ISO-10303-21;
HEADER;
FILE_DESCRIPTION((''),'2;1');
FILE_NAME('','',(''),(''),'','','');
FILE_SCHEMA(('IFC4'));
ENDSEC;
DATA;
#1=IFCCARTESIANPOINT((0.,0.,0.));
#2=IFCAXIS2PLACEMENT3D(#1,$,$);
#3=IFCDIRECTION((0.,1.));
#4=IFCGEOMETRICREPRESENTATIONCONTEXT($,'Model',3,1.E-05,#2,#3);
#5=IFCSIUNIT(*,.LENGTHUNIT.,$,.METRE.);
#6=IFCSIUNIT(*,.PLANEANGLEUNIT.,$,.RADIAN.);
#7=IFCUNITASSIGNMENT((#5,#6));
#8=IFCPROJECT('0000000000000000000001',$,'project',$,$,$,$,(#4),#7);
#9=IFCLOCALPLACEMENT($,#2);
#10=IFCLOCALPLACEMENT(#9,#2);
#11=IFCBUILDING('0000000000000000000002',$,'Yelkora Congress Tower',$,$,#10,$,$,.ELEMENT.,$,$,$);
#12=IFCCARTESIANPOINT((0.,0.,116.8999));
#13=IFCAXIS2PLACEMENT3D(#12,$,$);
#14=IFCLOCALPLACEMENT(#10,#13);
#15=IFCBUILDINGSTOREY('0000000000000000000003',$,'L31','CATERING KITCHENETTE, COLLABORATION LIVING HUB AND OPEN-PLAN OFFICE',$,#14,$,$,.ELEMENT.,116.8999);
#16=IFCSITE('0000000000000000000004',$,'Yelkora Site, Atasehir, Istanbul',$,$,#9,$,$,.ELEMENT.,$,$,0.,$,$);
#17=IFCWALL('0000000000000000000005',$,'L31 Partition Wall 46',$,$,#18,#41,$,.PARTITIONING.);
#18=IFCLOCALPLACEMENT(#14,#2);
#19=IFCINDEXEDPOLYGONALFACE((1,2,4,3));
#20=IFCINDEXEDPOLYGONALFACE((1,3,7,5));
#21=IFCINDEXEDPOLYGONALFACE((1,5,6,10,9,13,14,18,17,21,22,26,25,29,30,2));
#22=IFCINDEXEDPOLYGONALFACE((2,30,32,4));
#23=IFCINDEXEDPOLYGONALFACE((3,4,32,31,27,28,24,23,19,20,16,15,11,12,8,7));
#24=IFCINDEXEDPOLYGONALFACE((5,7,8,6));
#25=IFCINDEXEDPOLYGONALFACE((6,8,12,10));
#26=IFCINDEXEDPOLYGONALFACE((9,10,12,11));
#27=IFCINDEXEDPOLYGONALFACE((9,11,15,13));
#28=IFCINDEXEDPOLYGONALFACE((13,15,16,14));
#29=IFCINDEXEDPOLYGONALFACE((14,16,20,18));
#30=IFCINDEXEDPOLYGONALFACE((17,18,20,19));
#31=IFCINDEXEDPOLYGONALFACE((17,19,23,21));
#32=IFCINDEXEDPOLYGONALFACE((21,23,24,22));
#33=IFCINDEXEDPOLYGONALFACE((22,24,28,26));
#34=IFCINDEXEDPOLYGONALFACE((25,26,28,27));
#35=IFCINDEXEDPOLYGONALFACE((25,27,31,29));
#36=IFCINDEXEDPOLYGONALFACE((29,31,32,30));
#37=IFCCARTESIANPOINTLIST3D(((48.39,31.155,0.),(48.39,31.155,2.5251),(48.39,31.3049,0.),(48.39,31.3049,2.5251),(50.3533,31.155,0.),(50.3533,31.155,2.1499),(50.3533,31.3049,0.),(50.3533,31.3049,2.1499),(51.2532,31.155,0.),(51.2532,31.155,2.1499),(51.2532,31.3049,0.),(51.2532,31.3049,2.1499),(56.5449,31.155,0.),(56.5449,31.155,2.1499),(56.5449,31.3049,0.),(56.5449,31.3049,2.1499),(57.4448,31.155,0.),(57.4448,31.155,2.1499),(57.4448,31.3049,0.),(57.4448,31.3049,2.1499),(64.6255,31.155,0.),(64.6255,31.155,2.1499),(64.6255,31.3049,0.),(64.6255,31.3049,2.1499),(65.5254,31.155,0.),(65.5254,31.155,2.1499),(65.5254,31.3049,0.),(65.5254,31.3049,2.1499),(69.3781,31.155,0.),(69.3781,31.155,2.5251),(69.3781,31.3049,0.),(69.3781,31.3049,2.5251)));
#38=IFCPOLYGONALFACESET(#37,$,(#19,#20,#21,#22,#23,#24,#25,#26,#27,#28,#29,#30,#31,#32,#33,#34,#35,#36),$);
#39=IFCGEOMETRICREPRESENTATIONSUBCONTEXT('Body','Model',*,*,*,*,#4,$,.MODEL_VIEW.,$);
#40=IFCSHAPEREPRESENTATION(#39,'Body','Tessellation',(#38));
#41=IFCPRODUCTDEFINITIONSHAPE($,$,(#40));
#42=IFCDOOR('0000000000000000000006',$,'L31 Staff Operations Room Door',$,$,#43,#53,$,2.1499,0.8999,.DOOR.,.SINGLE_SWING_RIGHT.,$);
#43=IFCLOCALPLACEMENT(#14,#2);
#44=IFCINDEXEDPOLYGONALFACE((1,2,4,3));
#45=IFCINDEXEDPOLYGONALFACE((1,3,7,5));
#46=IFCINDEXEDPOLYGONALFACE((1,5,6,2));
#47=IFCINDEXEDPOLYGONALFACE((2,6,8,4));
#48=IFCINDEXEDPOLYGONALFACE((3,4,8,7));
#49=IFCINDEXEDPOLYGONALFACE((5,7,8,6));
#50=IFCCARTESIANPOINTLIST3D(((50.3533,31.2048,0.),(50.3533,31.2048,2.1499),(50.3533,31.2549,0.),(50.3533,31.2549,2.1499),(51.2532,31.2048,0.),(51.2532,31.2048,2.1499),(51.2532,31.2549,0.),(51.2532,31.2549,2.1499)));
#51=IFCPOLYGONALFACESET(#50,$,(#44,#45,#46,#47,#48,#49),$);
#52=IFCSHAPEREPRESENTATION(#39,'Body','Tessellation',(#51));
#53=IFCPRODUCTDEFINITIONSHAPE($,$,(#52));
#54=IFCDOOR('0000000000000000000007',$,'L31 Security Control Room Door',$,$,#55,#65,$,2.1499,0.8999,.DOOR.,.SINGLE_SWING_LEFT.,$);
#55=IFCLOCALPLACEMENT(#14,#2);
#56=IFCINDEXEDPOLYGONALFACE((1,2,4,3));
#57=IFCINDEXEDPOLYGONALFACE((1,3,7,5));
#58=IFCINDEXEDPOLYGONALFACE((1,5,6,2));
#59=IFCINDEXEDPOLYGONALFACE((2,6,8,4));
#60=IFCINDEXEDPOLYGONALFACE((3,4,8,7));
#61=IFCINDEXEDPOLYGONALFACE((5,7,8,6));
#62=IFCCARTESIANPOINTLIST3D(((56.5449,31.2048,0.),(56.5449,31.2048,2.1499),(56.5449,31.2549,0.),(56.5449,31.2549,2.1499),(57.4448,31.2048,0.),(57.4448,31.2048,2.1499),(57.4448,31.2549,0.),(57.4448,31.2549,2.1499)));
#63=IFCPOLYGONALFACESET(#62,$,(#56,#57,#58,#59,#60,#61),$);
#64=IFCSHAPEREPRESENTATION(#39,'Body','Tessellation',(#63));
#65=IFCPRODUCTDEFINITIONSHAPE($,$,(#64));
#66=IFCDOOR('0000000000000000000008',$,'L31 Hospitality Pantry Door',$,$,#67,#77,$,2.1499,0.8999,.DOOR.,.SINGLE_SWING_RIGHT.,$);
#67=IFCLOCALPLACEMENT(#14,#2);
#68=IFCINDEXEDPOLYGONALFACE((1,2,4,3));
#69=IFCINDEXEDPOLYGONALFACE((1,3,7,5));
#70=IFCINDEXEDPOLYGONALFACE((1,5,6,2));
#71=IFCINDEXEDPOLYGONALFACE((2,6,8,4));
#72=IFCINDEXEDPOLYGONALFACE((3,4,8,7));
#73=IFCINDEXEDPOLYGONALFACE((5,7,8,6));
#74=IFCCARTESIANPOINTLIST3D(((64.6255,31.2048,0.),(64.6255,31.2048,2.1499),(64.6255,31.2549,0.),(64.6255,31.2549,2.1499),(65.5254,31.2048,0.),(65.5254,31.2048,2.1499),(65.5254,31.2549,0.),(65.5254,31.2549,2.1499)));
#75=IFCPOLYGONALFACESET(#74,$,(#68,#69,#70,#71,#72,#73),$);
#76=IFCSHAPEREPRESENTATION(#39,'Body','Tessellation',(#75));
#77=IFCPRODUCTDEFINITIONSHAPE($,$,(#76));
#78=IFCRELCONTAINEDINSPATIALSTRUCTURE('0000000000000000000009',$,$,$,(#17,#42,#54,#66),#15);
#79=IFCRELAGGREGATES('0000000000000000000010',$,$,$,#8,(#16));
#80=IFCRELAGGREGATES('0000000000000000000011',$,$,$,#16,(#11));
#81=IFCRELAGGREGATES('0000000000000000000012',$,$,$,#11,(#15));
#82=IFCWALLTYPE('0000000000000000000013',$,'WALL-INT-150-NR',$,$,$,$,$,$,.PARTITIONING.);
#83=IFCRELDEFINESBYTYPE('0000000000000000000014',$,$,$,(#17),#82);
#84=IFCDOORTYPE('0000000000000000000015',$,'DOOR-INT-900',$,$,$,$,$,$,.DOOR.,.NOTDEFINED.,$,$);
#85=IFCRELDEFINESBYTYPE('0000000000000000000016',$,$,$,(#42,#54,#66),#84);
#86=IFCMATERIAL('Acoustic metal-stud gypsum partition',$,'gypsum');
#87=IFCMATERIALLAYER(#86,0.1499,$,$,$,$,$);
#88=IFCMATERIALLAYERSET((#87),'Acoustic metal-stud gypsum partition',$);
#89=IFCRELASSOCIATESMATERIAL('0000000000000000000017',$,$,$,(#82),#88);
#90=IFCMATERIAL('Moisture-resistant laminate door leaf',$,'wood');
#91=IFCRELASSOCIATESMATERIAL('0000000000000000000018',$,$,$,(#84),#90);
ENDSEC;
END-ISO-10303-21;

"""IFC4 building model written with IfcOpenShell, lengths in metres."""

from ifc_helpers import new_model, si_unit, direction, frame, frame_2d, origin, place, context, subcontext, project, spatial, rectangle, extrude, material, layer, layer_set, type_object, element, fill, save


model = new_model("IFC4")

# Units and contexts
model_context = context("Model", 3, precision=1e-05, world=origin(), true_north=direction((0.0, 1.0)))
body_context = subcontext(model_context, "Body", "Model", "MODEL_VIEW")
ifc_project = project(units=[si_unit("LENGTHUNIT", "METRE"), si_unit("PLANEANGLEUNIT", "RADIAN")], contexts=[model_context])

# Site, building, storey
site_placement = place(None, origin())
site = spatial("IfcSite", under=ifc_project, at=site_placement, Name="Yelkora Site, Atasehir, Istanbul", CompositionType="ELEMENT", RefElevation=0.0)
building_placement = place(site_placement, origin())
building = spatial("IfcBuilding", under=site, at=building_placement, Name="Yelkora Congress Tower", CompositionType="ELEMENT")
storey_placement = place(building_placement, frame((0.0, 0.0, 116.8999)))
storey = spatial("IfcBuildingStorey", under=building, at=storey_placement, Name="L31", Description="CATERING KITCHENETTE, COLLABORATION LIVING HUB AND OPEN-PLAN OFFICE", CompositionType="ELEMENT", Elevation=116.8999)

# Shared definitions
ifc_material_1 = material(Name="Acoustic metal-stud gypsum partition", Category="gypsum")
ifc_layer = layer(ifc_material_1, 0.1499)
ifc_layer_set = layer_set([ifc_layer], Name="Acoustic metal-stud gypsum partition")
wall_type = type_object("IfcWallType", Name="WALL-INT-150-NR", PredefinedType="PARTITIONING", material=ifc_layer_set)

# Wall, openings, doors
wall_1_placement = place(storey_placement, frame((48.3899, 31.23, 0.0), z_axis=(0.0, 0.0, 1.0), x_axis=(1.0, 0.0, 0.0)))
wall_1 = element("IfcWall", 1, at=wall_1_placement, inside=storey, type_object=wall_type, Name="L31 Partition Wall 46", PredefinedType="PARTITIONING", context=body_context, shape_type="SweptSolid", body=[
    extrude(rectangle(XDim=20.988, YDim=0.1499, at=frame_2d((10.4941, 0.0))), origin(), (0.0, 0.0, 1.0), 2.5251),
])
opening_1_placement = place(wall_1_placement, frame((1.9634, 0.0, 0.0)))
opening_1 = element("IfcOpeningElement", 2, at=opening_1_placement, cuts=wall_1, PredefinedType="OPENING", context=body_context, shape_type="SweptSolid", body=[
    extrude(rectangle(XDim=0.8999, YDim=2.1499, at=frame_2d((0.45, 1.075))), frame((0.0, 0.085, 0.0), z_axis=(0.0, -1.0, 0.0), x_axis=(1.0, 0.0, 0.0)), (0.0, 0.0, 1.0), 0.1699),
])
opening_2_placement = place(wall_1_placement, frame((8.155, 0.0, 0.0)))
opening_2 = element("IfcOpeningElement", 3, at=opening_2_placement, cuts=wall_1, PredefinedType="OPENING", context=body_context, shape_type="SweptSolid", body=[
    extrude(rectangle(XDim=0.8999, YDim=2.1499, at=frame_2d((0.45, 1.075))), frame((0.0, 0.085, 0.0), z_axis=(0.0, -1.0, 0.0), x_axis=(1.0, 0.0, 0.0)), (0.0, 0.0, 1.0), 0.1699),
])
opening_3_placement = place(wall_1_placement, frame((16.2356, 0.0, 0.0)))
opening_3 = element("IfcOpeningElement", 4, at=opening_3_placement, cuts=wall_1, PredefinedType="OPENING", context=body_context, shape_type="SweptSolid", body=[
    extrude(rectangle(XDim=0.8999, YDim=2.1499, at=frame_2d((0.45, 1.075))), frame((0.0, 0.085, 0.0), z_axis=(0.0, -1.0, 0.0), x_axis=(1.0, 0.0, 0.0)), (0.0, 0.0, 1.0), 0.1699),
])
ifc_material_2 = material(Name="Moisture-resistant laminate door leaf", Category="wood")
door_type = type_object("IfcDoorType", Name="DOOR-INT-900", OperationType="NOTDEFINED", PredefinedType="DOOR", material=ifc_material_2)
door_1_placement = place(opening_1_placement, origin())
door_1 = element("IfcDoor", 5, at=door_1_placement, inside=storey, type_object=door_type, Name="L31 Staff Operations Room Door", OperationType="SINGLE_SWING_RIGHT", OverallHeight=2.1499, OverallWidth=0.8999, PredefinedType="DOOR", context=body_context, shape_type="SweptSolid", body=[
    extrude(rectangle(XDim=0.8999, YDim=2.1499, at=frame_2d((0.45, 1.075))), frame((0.0, 0.0249, 0.0), z_axis=(0.0, -1.0, 0.0), x_axis=(1.0, 0.0, 0.0)), (0.0, 0.0, 1.0), 0.05),
])
fill(opening_1, door_1)
door_2_placement = place(opening_2_placement, origin())
door_2 = element("IfcDoor", 6, at=door_2_placement, inside=storey, type_object=door_type, Name="L31 Security Control Room Door", OperationType="SINGLE_SWING_LEFT", OverallHeight=2.1499, OverallWidth=0.8999, PredefinedType="DOOR", context=body_context, shape_type="SweptSolid", body=[
    extrude(rectangle(XDim=0.8999, YDim=2.1499, at=frame_2d((0.45, 1.075))), frame((0.0, 0.0249, 0.0), z_axis=(0.0, -1.0, 0.0), x_axis=(1.0, 0.0, 0.0)), (0.0, 0.0, 1.0), 0.05),
])
fill(opening_2, door_2)
door_3_placement = place(opening_3_placement, origin())
door_3 = element("IfcDoor", 7, at=door_3_placement, inside=storey, type_object=door_type, Name="L31 Hospitality Pantry Door", OperationType="SINGLE_SWING_RIGHT", OverallHeight=2.1499, OverallWidth=0.8999, PredefinedType="DOOR", context=body_context, shape_type="SweptSolid", body=[
    extrude(rectangle(XDim=0.8999, YDim=2.1499, at=frame_2d((0.45, 1.075))), frame((0.0, 0.0249, 0.0), z_axis=(0.0, -1.0, 0.0), x_axis=(1.0, 0.0, 0.0)), (0.0, 0.0, 1.0), 0.05),
])
fill(opening_3, door_3)

save(model, "model.ifc")
